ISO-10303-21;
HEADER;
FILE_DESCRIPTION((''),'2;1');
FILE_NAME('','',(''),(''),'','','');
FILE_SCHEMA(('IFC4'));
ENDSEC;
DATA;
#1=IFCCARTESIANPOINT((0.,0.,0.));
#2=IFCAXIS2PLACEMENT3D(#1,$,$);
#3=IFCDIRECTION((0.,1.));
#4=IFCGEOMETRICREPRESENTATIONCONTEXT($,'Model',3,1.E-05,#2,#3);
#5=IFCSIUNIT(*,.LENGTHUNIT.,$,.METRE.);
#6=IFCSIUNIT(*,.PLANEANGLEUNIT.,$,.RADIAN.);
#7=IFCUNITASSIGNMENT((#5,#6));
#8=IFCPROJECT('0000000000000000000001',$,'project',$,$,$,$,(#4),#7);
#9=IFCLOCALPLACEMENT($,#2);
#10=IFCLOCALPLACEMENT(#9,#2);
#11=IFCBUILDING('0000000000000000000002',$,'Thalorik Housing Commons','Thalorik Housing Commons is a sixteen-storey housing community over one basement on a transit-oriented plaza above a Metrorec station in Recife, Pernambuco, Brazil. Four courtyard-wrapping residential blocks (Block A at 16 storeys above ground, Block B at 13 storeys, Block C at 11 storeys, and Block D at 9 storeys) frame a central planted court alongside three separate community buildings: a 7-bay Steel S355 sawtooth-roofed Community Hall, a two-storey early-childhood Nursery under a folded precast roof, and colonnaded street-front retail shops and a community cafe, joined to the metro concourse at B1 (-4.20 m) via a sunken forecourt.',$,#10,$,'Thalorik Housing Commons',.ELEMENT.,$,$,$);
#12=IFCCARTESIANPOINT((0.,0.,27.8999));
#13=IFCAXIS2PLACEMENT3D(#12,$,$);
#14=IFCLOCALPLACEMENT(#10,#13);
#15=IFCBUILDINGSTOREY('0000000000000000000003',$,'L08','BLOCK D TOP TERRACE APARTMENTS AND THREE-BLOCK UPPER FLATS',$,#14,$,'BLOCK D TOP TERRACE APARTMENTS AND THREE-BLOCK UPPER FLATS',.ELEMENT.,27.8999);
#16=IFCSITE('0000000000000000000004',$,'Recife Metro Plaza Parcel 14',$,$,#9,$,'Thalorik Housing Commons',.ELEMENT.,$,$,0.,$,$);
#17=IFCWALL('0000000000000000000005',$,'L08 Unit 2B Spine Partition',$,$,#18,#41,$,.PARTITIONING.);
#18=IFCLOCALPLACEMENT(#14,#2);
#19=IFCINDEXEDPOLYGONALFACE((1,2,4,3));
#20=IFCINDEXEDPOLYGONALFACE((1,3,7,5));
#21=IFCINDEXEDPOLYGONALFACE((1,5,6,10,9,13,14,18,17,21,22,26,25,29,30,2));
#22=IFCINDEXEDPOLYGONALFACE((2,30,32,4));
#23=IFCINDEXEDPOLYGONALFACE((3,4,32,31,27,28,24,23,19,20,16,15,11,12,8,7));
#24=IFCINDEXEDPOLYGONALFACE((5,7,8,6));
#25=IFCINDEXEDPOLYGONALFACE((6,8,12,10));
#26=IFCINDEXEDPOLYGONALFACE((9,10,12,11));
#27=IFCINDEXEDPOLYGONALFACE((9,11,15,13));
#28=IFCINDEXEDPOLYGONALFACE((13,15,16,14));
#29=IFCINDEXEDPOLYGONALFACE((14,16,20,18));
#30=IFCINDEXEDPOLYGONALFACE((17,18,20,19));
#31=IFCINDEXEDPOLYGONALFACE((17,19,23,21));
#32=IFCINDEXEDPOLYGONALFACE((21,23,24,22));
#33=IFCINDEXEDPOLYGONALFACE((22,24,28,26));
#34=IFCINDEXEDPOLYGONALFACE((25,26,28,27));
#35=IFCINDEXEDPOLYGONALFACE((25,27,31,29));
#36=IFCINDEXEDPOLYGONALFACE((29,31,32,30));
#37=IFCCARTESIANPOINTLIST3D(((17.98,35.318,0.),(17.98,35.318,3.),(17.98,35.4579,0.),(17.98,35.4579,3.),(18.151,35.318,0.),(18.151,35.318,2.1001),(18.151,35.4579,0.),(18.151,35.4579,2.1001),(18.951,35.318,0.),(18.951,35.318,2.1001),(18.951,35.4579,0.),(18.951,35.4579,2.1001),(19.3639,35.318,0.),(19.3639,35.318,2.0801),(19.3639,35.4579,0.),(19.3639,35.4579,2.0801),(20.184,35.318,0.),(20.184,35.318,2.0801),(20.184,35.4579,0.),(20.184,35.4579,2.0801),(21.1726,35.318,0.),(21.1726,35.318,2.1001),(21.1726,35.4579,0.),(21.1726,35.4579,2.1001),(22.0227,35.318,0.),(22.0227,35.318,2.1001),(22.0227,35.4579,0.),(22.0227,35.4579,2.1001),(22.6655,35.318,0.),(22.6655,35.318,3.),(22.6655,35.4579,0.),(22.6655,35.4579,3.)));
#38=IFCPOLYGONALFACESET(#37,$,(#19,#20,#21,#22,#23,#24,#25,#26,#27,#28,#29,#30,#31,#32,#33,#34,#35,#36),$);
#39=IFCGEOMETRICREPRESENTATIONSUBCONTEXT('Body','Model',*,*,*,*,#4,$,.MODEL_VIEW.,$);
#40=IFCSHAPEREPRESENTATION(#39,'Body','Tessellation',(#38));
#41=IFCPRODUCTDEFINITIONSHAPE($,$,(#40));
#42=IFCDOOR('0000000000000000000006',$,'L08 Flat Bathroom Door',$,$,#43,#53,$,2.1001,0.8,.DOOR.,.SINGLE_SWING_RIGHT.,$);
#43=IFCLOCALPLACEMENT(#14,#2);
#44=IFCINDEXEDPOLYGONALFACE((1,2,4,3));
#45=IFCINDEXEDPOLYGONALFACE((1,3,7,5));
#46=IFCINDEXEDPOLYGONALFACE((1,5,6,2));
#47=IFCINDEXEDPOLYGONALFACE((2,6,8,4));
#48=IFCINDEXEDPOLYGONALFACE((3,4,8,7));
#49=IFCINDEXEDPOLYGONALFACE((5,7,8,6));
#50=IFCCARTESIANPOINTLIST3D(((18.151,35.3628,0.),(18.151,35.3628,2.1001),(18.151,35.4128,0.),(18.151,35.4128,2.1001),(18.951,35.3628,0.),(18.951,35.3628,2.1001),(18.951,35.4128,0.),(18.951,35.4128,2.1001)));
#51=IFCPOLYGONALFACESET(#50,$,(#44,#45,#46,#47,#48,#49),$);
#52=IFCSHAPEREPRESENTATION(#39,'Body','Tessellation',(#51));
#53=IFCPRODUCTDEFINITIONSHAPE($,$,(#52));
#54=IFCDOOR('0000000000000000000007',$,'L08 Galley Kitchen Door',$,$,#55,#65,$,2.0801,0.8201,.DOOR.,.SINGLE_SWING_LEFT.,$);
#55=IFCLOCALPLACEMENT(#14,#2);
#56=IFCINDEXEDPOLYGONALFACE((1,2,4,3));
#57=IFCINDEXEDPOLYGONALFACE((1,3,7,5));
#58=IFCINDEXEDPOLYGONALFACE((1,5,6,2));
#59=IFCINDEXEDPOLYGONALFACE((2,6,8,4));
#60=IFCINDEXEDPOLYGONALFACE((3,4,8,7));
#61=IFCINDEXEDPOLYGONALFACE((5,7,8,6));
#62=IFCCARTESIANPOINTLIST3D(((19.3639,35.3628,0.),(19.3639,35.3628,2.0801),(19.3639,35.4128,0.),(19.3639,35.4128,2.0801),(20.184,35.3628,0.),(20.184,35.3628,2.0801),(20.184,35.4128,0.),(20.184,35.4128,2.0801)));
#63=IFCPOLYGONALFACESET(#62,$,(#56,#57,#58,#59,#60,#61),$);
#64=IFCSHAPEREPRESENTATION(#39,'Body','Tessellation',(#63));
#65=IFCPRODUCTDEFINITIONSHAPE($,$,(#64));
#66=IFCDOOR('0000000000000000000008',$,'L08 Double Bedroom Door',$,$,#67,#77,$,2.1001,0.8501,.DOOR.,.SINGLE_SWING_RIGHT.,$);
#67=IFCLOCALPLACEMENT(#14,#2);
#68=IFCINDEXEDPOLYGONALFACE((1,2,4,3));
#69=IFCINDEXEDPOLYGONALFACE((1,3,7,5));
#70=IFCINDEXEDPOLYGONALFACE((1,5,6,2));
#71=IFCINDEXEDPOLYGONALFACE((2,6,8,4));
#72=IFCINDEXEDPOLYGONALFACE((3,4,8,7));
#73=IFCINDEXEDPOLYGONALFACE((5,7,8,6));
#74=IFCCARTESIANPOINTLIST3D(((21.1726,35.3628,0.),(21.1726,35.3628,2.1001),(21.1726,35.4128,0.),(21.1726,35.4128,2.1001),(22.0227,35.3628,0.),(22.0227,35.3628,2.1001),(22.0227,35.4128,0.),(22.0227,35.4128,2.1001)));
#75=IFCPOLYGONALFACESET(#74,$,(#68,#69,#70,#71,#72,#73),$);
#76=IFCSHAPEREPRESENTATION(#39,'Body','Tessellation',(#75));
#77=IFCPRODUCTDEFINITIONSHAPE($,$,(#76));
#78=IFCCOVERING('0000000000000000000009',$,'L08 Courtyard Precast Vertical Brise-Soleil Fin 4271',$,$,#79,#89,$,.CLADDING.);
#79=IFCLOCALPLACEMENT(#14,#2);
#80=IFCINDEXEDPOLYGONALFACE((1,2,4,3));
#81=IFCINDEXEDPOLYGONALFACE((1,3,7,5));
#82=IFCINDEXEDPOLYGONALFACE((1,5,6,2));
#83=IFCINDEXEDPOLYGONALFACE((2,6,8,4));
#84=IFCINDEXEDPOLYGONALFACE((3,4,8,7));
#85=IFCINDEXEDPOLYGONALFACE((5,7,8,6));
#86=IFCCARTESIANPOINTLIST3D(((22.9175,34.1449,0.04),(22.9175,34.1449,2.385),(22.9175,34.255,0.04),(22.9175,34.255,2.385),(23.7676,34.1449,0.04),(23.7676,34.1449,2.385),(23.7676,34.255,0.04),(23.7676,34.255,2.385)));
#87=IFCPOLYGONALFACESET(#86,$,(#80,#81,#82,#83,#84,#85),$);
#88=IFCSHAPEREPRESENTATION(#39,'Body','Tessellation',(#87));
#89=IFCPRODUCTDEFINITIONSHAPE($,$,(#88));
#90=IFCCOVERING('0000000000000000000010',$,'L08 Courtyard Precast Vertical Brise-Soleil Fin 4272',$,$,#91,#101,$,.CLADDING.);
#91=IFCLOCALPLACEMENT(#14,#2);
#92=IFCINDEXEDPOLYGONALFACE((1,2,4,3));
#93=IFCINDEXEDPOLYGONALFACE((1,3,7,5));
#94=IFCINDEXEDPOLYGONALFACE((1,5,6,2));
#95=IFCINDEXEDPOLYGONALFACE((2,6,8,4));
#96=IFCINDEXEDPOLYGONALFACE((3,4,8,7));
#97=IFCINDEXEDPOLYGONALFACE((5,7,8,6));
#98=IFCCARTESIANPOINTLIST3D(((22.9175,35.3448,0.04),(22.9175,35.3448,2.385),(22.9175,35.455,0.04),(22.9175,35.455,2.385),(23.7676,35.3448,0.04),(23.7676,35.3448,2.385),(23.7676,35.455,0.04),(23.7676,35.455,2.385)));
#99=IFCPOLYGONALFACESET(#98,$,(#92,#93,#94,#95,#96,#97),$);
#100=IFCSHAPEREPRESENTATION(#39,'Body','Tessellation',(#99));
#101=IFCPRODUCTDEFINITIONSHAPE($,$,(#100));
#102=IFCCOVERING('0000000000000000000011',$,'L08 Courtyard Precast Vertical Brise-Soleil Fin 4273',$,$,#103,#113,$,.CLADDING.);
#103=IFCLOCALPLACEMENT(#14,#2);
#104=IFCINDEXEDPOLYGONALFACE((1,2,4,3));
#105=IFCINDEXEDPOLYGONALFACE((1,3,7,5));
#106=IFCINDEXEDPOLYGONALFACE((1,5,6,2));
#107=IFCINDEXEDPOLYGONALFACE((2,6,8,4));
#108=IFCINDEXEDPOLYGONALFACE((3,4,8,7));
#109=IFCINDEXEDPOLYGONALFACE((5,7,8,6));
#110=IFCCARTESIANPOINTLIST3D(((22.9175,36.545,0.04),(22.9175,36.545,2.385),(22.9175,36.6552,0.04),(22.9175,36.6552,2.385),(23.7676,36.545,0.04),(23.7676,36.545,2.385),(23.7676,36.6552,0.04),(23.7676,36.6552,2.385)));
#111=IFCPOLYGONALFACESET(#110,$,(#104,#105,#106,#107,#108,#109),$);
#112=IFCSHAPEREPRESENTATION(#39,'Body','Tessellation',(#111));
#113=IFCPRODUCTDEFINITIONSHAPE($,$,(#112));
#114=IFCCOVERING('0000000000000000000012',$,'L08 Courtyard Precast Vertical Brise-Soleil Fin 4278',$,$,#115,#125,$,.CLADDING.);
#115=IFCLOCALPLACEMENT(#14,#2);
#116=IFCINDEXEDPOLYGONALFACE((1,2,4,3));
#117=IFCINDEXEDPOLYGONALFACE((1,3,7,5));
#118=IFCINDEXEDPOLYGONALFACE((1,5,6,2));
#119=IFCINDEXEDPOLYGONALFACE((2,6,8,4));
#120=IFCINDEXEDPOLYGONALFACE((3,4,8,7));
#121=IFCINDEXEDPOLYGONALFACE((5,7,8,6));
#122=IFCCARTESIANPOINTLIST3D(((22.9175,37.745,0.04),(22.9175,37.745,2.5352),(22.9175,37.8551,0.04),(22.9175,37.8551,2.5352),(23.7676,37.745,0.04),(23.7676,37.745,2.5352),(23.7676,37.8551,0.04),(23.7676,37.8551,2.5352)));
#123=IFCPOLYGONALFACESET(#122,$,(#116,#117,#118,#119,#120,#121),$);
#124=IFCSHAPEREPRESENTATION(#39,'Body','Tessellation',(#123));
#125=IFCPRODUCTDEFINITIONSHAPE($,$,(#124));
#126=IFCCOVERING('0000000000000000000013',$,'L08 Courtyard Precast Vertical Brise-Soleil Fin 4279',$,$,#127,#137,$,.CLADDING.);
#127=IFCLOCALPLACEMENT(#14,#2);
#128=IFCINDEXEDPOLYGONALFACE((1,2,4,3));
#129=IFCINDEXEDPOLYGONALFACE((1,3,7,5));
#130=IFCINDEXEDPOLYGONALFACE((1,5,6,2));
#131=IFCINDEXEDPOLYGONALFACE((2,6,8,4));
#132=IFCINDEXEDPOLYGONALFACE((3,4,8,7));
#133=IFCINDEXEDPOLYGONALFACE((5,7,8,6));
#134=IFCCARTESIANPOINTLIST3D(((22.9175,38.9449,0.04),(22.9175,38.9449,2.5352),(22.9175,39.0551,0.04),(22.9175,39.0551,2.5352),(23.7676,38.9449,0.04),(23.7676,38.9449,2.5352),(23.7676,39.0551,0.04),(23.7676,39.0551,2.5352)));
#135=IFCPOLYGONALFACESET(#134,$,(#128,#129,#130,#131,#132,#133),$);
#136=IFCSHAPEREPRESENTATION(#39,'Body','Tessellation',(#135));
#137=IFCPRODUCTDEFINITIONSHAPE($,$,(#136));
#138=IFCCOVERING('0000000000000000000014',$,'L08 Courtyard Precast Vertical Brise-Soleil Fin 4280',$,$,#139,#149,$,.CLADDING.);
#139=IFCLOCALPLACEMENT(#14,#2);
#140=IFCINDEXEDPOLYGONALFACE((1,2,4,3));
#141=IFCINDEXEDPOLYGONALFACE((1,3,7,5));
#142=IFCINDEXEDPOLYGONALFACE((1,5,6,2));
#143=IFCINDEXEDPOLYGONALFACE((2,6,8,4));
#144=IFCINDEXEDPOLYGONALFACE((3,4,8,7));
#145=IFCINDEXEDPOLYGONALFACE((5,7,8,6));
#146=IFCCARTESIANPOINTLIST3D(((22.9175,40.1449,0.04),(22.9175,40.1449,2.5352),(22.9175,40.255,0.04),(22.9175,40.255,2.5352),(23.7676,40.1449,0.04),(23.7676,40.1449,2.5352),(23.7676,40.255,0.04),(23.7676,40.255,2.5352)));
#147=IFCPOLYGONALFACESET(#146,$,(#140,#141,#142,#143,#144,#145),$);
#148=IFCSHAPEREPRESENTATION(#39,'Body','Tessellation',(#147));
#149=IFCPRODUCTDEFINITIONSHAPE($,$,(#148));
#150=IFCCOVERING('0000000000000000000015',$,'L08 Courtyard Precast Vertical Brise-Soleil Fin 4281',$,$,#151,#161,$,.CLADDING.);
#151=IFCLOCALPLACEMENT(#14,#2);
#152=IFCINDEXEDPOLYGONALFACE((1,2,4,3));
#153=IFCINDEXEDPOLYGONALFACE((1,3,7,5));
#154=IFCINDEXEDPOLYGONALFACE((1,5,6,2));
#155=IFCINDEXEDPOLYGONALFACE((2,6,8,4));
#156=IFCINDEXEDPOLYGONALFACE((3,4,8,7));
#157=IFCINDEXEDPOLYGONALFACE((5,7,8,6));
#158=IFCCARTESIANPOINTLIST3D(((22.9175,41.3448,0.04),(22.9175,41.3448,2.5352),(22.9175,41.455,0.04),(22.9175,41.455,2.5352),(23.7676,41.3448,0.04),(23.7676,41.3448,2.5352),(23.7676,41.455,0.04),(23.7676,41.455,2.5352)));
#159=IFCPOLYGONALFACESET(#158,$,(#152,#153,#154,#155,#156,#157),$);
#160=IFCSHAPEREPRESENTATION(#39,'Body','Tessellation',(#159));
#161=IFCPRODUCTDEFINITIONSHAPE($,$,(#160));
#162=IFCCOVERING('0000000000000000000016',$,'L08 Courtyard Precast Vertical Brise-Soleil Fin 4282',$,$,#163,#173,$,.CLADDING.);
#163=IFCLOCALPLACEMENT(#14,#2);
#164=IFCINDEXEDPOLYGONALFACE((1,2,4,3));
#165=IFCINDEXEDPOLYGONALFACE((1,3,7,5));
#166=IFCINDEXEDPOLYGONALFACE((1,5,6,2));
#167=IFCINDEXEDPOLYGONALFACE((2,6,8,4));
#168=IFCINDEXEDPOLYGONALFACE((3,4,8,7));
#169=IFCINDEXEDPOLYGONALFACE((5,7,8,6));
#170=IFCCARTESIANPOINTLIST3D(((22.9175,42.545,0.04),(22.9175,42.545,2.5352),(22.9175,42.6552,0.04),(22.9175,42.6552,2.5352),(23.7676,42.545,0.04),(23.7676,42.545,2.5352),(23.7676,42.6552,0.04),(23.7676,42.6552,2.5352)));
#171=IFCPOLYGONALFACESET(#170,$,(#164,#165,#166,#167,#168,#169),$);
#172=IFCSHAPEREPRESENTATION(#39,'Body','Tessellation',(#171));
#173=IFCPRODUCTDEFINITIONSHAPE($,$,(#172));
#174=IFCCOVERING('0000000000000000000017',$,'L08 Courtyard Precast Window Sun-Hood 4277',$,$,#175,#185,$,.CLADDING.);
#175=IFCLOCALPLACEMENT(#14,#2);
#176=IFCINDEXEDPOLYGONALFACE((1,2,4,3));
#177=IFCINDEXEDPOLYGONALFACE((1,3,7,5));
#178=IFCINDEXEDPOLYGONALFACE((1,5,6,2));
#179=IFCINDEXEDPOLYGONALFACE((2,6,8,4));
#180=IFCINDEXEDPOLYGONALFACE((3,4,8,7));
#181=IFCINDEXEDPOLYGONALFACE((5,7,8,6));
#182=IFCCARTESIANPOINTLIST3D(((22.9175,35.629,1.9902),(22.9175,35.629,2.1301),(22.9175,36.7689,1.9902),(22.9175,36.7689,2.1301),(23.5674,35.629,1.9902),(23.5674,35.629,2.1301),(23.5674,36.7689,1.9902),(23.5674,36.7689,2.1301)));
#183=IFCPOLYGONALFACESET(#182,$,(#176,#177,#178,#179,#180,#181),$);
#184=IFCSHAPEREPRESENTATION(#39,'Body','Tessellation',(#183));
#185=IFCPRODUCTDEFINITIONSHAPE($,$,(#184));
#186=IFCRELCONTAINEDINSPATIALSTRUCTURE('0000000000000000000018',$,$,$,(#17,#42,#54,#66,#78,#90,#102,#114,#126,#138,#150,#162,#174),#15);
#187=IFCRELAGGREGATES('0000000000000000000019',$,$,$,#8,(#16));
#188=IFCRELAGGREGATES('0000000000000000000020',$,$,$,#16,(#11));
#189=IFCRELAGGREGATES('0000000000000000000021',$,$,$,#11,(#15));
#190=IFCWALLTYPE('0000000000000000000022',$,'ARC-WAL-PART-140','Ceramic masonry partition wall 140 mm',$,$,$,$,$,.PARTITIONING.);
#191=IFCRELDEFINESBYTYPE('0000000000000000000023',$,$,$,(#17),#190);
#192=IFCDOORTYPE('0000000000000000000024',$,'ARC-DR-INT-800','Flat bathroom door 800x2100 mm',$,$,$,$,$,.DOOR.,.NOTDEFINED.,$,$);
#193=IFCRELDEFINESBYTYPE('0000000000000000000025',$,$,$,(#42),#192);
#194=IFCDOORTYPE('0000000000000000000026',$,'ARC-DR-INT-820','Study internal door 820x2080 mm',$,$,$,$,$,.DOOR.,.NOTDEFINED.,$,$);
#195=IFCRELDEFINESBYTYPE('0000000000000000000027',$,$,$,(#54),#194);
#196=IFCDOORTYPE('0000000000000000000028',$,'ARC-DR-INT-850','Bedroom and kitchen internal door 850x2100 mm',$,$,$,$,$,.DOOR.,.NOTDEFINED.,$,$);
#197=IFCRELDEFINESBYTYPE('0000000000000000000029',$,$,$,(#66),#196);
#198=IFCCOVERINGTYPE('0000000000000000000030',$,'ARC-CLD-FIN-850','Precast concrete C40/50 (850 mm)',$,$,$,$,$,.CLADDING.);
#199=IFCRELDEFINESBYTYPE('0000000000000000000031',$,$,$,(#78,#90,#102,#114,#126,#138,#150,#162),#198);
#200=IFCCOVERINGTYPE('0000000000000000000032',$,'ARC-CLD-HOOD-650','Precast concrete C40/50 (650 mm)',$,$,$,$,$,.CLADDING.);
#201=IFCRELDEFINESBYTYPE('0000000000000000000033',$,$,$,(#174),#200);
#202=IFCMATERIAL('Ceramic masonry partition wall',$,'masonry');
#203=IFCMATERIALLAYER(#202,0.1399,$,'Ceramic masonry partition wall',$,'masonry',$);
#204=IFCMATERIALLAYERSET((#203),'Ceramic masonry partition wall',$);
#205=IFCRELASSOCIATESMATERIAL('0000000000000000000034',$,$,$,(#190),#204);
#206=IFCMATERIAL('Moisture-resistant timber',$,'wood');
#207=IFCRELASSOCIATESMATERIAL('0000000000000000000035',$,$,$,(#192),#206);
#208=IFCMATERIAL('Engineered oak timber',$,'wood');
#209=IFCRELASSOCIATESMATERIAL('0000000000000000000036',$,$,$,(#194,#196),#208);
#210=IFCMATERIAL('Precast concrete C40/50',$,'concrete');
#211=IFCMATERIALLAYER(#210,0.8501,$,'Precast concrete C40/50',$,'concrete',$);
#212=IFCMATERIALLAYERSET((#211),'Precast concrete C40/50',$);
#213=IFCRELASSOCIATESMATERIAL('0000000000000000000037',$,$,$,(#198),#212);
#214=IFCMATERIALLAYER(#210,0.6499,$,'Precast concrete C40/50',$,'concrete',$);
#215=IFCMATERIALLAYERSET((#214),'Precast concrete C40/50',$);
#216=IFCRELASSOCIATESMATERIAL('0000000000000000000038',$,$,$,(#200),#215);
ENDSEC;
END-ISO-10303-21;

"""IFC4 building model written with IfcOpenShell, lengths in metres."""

from ifc_helpers import new_model, si_unit, direction, frame, frame_2d, origin, origin_2d, place, context, subcontext, project, spatial, rectangle, extrude, material, layer, layer_set, type_object, element, fill, save


model = new_model("IFC4")

# Units and contexts
model_context = context("Model", 3, precision=1e-05, world=origin(), true_north=direction((0.0, 1.0)))
body_context = subcontext(model_context, "Body", "Model", "MODEL_VIEW")
ifc_project = project(units=[si_unit("LENGTHUNIT", "METRE"), si_unit("PLANEANGLEUNIT", "RADIAN")], contexts=[model_context])

# Site, building, storey
site_placement = place(None, origin())
site = spatial("IfcSite", under=ifc_project, at=site_placement, Name="Recife Metro Plaza Parcel 14", LongName="Thalorik Housing Commons", CompositionType="ELEMENT", RefElevation=0.0)
building_placement = place(site_placement, origin())
building = spatial("IfcBuilding", under=site, at=building_placement, Name="Thalorik Housing Commons", Description="Thalorik Housing Commons is a sixteen-storey housing community over one basement on a transit-oriented plaza above a Metrorec station in Recife, Pernambuco, Brazil. Four courtyard-wrapping residential blocks (Block A at 16 storeys above ground, Block B at 13 storeys, Block C at 11 storeys, and Block D at 9 storeys) frame a central planted court alongside three separate community buildings: a 7-bay Steel S355 sawtooth-roofed Community Hall, a two-storey early-childhood Nursery under a folded precast roof, and colonnaded street-front retail shops and a community cafe, joined to the metro concourse at B1 (-4.20 m) via a sunken forecourt.", LongName="Thalorik Housing Commons", CompositionType="ELEMENT")
storey_placement = place(building_placement, frame((0.0, 0.0, 27.8999)))
storey = spatial("IfcBuildingStorey", under=building, at=storey_placement, Name="L08", Description="BLOCK D TOP TERRACE APARTMENTS AND THREE-BLOCK UPPER FLATS", LongName="BLOCK D TOP TERRACE APARTMENTS AND THREE-BLOCK UPPER FLATS", CompositionType="ELEMENT", Elevation=27.8999)

# Shared definitions
ifc_material_1 = material(Name="Precast concrete C40/50", Category="concrete")

# Wall, openings, doors
ifc_material_2 = material(Name="Ceramic masonry partition wall", Category="masonry")
ifc_layer_1 = layer(ifc_material_2, 0.1399, Name="Ceramic masonry partition wall", Category="masonry")
ifc_layer_set_1 = layer_set([ifc_layer_1], Name="Ceramic masonry partition wall")
wall_type_1 = type_object("IfcWallType", Name="ARC-WAL-PART-140", Description="Ceramic masonry partition wall 140 mm", PredefinedType="PARTITIONING", material=ifc_layer_set_1)
wall_1_placement = place(storey_placement, frame((17.98, 35.3879, 0.0), z_axis=(0.0, 0.0, 1.0), x_axis=(1.0, 0.0, 0.0)))
wall_1 = element("IfcWall", 1, at=wall_1_placement, inside=storey, type_object=wall_type_1, Name="L08 Unit 2B Spine Partition", PredefinedType="PARTITIONING", context=body_context, shape_type="SweptSolid", body=[
    extrude(rectangle(XDim=4.6855, YDim=0.1399, at=frame_2d((2.3428, 0.0))), origin(), (0.0, 0.0, 1.0), 3.0),
])
opening_1_placement = place(wall_1_placement, frame((0.1711, 0.0, 0.0)))
opening_1 = element("IfcOpeningElement", 2, at=opening_1_placement, cuts=wall_1, PredefinedType="OPENING", context=body_context, shape_type="SweptSolid", body=[
    extrude(rectangle(XDim=0.8, YDim=2.1001, at=frame_2d((0.3999, 1.05))), frame((0.0, 0.0801, 0.0), z_axis=(0.0, -1.0, 0.0), x_axis=(1.0, 0.0, 0.0)), (0.0, 0.0, 1.0), 0.1599),
])
opening_2_placement = place(wall_1_placement, frame((1.3838, 0.0, 0.0)))
opening_2 = element("IfcOpeningElement", 3, at=opening_2_placement, cuts=wall_1, PredefinedType="OPENING", context=body_context, shape_type="SweptSolid", body=[
    extrude(rectangle(XDim=0.8201, YDim=2.0801, at=frame_2d((0.4102, 1.04))), frame((0.0, 0.0801, 0.0), z_axis=(0.0, -1.0, 0.0), x_axis=(1.0, 0.0, 0.0)), (0.0, 0.0, 1.0), 0.1599),
])
opening_3_placement = place(wall_1_placement, frame((3.1926, 0.0, 0.0)))
opening_3 = element("IfcOpeningElement", 4, at=opening_3_placement, cuts=wall_1, PredefinedType="OPENING", context=body_context, shape_type="SweptSolid", body=[
    extrude(rectangle(XDim=0.8501, YDim=2.1001, at=frame_2d((0.425, 1.05))), frame((0.0, 0.0801, 0.0), z_axis=(0.0, -1.0, 0.0), x_axis=(1.0, 0.0, 0.0)), (0.0, 0.0, 1.0), 0.1599),
])
ifc_material_3 = material(Name="Moisture-resistant timber", Category="wood")
door_type_1 = type_object("IfcDoorType", Name="ARC-DR-INT-800", Description="Flat bathroom door 800x2100 mm", OperationType="NOTDEFINED", PredefinedType="DOOR", material=ifc_material_3)
door_1_placement = place(opening_1_placement, origin())
door_1 = element("IfcDoor", 5, at=door_1_placement, inside=storey, type_object=door_type_1, Name="L08 Flat Bathroom Door", OperationType="SINGLE_SWING_RIGHT", OverallHeight=2.1001, OverallWidth=0.8, PredefinedType="DOOR", context=body_context, shape_type="SweptSolid", body=[
    extrude(rectangle(XDim=0.8, YDim=2.1001, at=frame_2d((0.3999, 1.05))), frame((0.0, 0.0249, 0.0), z_axis=(0.0, -1.0, 0.0), x_axis=(1.0, 0.0, 0.0)), (0.0, 0.0, 1.0), 0.05),
])
fill(opening_1, door_1)
ifc_material_4 = material(Name="Engineered oak timber", Category="wood")
door_type_2 = type_object("IfcDoorType", Name="ARC-DR-INT-820", Description="Study internal door 820x2080 mm", OperationType="NOTDEFINED", PredefinedType="DOOR", material=ifc_material_4)
door_2_placement = place(opening_2_placement, origin())
door_2 = element("IfcDoor", 6, at=door_2_placement, inside=storey, type_object=door_type_2, Name="L08 Galley Kitchen Door", OperationType="SINGLE_SWING_LEFT", OverallHeight=2.0801, OverallWidth=0.8201, PredefinedType="DOOR", context=body_context, shape_type="SweptSolid", body=[
    extrude(rectangle(XDim=0.8201, YDim=2.0801, at=frame_2d((0.4102, 1.04))), frame((0.0, 0.0249, 0.0), z_axis=(0.0, -1.0, 0.0), x_axis=(1.0, 0.0, 0.0)), (0.0, 0.0, 1.0), 0.05),
])
fill(opening_2, door_2)
door_type_3 = type_object("IfcDoorType", Name="ARC-DR-INT-850", Description="Bedroom and kitchen internal door 850x2100 mm", OperationType="NOTDEFINED", PredefinedType="DOOR", material=ifc_material_4)
door_3_placement = place(opening_3_placement, origin())
door_3 = element("IfcDoor", 7, at=door_3_placement, inside=storey, type_object=door_type_3, Name="L08 Double Bedroom Door", OperationType="SINGLE_SWING_RIGHT", OverallHeight=2.1001, OverallWidth=0.8501, PredefinedType="DOOR", context=body_context, shape_type="SweptSolid", body=[
    extrude(rectangle(XDim=0.8501, YDim=2.1001, at=frame_2d((0.425, 1.05))), frame((0.0, 0.0249, 0.0), z_axis=(0.0, -1.0, 0.0), x_axis=(1.0, 0.0, 0.0)), (0.0, 0.0, 1.0), 0.05),
])
fill(opening_3, door_3)

# Coverings
ifc_layer_2 = layer(ifc_material_1, 0.8501, Name="Precast concrete C40/50", Category="concrete")
ifc_layer_set_2 = layer_set([ifc_layer_2], Name="Precast concrete C40/50")
covering_type_1 = type_object("IfcCoveringType", Name="ARC-CLD-FIN-850", Description="Precast concrete C40/50 (850 mm)", PredefinedType="CLADDING", material=ifc_layer_set_2)
for number, where, z_axis, x_axis, name in (
    (8, (23.3425, 34.2, 0.04), (0.0, 0.0, 1.0), (0.0, 1.0, 0.0), "L08 Courtyard Precast Vertical Brise-Soleil Fin 4271"),
    (9, (23.3425, 35.3999, 0.04), (0.0, 0.0, 1.0), (0.0, 1.0, 0.0), "L08 Courtyard Precast Vertical Brise-Soleil Fin 4272"),
    (10, (23.3425, 36.6001, 0.04), (0.0, 0.0, 1.0), (0.0, 1.0, 0.0), "L08 Courtyard Precast Vertical Brise-Soleil Fin 4273"),
):
    element("IfcCovering", number, at=place(storey_placement, frame(where, z_axis=z_axis, x_axis=x_axis)), inside=storey, type_object=covering_type_1, Name=name, PredefinedType="CLADDING", context=body_context, shape_type="SweptSolid", body=[
        extrude(rectangle(XDim=0.1101, YDim=0.8501, at=origin_2d()), origin(), (0.0, 0.0, 1.0), 2.345),
    ])
for number, where, z_axis, x_axis, name in (
    (11, (23.3425, 37.8, 0.04), (0.0, 0.0, 1.0), (0.0, 1.0, 0.0), "L08 Courtyard Precast Vertical Brise-Soleil Fin 4278"),
    (12, (23.3425, 39.0, 0.04), (0.0, 0.0, 1.0), (0.0, 1.0, 0.0), "L08 Courtyard Precast Vertical Brise-Soleil Fin 4279"),
    (13, (23.3425, 40.2, 0.04), (0.0, 0.0, 1.0), (0.0, 1.0, 0.0), "L08 Courtyard Precast Vertical Brise-Soleil Fin 4280"),
    (14, (23.3425, 41.3999, 0.04), (0.0, 0.0, 1.0), (0.0, 1.0, 0.0), "L08 Courtyard Precast Vertical Brise-Soleil Fin 4281"),
    (15, (23.3425, 42.6001, 0.04), (0.0, 0.0, 1.0), (0.0, 1.0, 0.0), "L08 Courtyard Precast Vertical Brise-Soleil Fin 4282"),
):
    element("IfcCovering", number, at=place(storey_placement, frame(where, z_axis=z_axis, x_axis=x_axis)), inside=storey, type_object=covering_type_1, Name=name, PredefinedType="CLADDING", context=body_context, shape_type="SweptSolid", body=[
        extrude(rectangle(XDim=0.1101, YDim=0.8501, at=origin_2d()), origin(), (0.0, 0.0, 1.0), 2.4951),
    ])
ifc_layer_3 = layer(ifc_material_1, 0.6499, Name="Precast concrete C40/50", Category="concrete")
ifc_layer_set_3 = layer_set([ifc_layer_3], Name="Precast concrete C40/50")
covering_type_2 = type_object("IfcCoveringType", Name="ARC-CLD-HOOD-650", Description="Precast concrete C40/50 (650 mm)", PredefinedType="CLADDING", material=ifc_layer_set_3)
covering_1_placement = place(storey_placement, frame((23.2424, 36.199, 1.9902), z_axis=(0.0, 0.0, 1.0), x_axis=(0.0, 1.0, 0.0)))
element("IfcCovering", 16, at=covering_1_placement, inside=storey, type_object=covering_type_2, Name="L08 Courtyard Precast Window Sun-Hood 4277", PredefinedType="CLADDING", context=body_context, shape_type="SweptSolid", body=[
    extrude(rectangle(XDim=1.1399, YDim=0.6499, at=origin_2d()), origin(), (0.0, 0.0, 1.0), 0.1399),
])

save(model, "model.ifc")
